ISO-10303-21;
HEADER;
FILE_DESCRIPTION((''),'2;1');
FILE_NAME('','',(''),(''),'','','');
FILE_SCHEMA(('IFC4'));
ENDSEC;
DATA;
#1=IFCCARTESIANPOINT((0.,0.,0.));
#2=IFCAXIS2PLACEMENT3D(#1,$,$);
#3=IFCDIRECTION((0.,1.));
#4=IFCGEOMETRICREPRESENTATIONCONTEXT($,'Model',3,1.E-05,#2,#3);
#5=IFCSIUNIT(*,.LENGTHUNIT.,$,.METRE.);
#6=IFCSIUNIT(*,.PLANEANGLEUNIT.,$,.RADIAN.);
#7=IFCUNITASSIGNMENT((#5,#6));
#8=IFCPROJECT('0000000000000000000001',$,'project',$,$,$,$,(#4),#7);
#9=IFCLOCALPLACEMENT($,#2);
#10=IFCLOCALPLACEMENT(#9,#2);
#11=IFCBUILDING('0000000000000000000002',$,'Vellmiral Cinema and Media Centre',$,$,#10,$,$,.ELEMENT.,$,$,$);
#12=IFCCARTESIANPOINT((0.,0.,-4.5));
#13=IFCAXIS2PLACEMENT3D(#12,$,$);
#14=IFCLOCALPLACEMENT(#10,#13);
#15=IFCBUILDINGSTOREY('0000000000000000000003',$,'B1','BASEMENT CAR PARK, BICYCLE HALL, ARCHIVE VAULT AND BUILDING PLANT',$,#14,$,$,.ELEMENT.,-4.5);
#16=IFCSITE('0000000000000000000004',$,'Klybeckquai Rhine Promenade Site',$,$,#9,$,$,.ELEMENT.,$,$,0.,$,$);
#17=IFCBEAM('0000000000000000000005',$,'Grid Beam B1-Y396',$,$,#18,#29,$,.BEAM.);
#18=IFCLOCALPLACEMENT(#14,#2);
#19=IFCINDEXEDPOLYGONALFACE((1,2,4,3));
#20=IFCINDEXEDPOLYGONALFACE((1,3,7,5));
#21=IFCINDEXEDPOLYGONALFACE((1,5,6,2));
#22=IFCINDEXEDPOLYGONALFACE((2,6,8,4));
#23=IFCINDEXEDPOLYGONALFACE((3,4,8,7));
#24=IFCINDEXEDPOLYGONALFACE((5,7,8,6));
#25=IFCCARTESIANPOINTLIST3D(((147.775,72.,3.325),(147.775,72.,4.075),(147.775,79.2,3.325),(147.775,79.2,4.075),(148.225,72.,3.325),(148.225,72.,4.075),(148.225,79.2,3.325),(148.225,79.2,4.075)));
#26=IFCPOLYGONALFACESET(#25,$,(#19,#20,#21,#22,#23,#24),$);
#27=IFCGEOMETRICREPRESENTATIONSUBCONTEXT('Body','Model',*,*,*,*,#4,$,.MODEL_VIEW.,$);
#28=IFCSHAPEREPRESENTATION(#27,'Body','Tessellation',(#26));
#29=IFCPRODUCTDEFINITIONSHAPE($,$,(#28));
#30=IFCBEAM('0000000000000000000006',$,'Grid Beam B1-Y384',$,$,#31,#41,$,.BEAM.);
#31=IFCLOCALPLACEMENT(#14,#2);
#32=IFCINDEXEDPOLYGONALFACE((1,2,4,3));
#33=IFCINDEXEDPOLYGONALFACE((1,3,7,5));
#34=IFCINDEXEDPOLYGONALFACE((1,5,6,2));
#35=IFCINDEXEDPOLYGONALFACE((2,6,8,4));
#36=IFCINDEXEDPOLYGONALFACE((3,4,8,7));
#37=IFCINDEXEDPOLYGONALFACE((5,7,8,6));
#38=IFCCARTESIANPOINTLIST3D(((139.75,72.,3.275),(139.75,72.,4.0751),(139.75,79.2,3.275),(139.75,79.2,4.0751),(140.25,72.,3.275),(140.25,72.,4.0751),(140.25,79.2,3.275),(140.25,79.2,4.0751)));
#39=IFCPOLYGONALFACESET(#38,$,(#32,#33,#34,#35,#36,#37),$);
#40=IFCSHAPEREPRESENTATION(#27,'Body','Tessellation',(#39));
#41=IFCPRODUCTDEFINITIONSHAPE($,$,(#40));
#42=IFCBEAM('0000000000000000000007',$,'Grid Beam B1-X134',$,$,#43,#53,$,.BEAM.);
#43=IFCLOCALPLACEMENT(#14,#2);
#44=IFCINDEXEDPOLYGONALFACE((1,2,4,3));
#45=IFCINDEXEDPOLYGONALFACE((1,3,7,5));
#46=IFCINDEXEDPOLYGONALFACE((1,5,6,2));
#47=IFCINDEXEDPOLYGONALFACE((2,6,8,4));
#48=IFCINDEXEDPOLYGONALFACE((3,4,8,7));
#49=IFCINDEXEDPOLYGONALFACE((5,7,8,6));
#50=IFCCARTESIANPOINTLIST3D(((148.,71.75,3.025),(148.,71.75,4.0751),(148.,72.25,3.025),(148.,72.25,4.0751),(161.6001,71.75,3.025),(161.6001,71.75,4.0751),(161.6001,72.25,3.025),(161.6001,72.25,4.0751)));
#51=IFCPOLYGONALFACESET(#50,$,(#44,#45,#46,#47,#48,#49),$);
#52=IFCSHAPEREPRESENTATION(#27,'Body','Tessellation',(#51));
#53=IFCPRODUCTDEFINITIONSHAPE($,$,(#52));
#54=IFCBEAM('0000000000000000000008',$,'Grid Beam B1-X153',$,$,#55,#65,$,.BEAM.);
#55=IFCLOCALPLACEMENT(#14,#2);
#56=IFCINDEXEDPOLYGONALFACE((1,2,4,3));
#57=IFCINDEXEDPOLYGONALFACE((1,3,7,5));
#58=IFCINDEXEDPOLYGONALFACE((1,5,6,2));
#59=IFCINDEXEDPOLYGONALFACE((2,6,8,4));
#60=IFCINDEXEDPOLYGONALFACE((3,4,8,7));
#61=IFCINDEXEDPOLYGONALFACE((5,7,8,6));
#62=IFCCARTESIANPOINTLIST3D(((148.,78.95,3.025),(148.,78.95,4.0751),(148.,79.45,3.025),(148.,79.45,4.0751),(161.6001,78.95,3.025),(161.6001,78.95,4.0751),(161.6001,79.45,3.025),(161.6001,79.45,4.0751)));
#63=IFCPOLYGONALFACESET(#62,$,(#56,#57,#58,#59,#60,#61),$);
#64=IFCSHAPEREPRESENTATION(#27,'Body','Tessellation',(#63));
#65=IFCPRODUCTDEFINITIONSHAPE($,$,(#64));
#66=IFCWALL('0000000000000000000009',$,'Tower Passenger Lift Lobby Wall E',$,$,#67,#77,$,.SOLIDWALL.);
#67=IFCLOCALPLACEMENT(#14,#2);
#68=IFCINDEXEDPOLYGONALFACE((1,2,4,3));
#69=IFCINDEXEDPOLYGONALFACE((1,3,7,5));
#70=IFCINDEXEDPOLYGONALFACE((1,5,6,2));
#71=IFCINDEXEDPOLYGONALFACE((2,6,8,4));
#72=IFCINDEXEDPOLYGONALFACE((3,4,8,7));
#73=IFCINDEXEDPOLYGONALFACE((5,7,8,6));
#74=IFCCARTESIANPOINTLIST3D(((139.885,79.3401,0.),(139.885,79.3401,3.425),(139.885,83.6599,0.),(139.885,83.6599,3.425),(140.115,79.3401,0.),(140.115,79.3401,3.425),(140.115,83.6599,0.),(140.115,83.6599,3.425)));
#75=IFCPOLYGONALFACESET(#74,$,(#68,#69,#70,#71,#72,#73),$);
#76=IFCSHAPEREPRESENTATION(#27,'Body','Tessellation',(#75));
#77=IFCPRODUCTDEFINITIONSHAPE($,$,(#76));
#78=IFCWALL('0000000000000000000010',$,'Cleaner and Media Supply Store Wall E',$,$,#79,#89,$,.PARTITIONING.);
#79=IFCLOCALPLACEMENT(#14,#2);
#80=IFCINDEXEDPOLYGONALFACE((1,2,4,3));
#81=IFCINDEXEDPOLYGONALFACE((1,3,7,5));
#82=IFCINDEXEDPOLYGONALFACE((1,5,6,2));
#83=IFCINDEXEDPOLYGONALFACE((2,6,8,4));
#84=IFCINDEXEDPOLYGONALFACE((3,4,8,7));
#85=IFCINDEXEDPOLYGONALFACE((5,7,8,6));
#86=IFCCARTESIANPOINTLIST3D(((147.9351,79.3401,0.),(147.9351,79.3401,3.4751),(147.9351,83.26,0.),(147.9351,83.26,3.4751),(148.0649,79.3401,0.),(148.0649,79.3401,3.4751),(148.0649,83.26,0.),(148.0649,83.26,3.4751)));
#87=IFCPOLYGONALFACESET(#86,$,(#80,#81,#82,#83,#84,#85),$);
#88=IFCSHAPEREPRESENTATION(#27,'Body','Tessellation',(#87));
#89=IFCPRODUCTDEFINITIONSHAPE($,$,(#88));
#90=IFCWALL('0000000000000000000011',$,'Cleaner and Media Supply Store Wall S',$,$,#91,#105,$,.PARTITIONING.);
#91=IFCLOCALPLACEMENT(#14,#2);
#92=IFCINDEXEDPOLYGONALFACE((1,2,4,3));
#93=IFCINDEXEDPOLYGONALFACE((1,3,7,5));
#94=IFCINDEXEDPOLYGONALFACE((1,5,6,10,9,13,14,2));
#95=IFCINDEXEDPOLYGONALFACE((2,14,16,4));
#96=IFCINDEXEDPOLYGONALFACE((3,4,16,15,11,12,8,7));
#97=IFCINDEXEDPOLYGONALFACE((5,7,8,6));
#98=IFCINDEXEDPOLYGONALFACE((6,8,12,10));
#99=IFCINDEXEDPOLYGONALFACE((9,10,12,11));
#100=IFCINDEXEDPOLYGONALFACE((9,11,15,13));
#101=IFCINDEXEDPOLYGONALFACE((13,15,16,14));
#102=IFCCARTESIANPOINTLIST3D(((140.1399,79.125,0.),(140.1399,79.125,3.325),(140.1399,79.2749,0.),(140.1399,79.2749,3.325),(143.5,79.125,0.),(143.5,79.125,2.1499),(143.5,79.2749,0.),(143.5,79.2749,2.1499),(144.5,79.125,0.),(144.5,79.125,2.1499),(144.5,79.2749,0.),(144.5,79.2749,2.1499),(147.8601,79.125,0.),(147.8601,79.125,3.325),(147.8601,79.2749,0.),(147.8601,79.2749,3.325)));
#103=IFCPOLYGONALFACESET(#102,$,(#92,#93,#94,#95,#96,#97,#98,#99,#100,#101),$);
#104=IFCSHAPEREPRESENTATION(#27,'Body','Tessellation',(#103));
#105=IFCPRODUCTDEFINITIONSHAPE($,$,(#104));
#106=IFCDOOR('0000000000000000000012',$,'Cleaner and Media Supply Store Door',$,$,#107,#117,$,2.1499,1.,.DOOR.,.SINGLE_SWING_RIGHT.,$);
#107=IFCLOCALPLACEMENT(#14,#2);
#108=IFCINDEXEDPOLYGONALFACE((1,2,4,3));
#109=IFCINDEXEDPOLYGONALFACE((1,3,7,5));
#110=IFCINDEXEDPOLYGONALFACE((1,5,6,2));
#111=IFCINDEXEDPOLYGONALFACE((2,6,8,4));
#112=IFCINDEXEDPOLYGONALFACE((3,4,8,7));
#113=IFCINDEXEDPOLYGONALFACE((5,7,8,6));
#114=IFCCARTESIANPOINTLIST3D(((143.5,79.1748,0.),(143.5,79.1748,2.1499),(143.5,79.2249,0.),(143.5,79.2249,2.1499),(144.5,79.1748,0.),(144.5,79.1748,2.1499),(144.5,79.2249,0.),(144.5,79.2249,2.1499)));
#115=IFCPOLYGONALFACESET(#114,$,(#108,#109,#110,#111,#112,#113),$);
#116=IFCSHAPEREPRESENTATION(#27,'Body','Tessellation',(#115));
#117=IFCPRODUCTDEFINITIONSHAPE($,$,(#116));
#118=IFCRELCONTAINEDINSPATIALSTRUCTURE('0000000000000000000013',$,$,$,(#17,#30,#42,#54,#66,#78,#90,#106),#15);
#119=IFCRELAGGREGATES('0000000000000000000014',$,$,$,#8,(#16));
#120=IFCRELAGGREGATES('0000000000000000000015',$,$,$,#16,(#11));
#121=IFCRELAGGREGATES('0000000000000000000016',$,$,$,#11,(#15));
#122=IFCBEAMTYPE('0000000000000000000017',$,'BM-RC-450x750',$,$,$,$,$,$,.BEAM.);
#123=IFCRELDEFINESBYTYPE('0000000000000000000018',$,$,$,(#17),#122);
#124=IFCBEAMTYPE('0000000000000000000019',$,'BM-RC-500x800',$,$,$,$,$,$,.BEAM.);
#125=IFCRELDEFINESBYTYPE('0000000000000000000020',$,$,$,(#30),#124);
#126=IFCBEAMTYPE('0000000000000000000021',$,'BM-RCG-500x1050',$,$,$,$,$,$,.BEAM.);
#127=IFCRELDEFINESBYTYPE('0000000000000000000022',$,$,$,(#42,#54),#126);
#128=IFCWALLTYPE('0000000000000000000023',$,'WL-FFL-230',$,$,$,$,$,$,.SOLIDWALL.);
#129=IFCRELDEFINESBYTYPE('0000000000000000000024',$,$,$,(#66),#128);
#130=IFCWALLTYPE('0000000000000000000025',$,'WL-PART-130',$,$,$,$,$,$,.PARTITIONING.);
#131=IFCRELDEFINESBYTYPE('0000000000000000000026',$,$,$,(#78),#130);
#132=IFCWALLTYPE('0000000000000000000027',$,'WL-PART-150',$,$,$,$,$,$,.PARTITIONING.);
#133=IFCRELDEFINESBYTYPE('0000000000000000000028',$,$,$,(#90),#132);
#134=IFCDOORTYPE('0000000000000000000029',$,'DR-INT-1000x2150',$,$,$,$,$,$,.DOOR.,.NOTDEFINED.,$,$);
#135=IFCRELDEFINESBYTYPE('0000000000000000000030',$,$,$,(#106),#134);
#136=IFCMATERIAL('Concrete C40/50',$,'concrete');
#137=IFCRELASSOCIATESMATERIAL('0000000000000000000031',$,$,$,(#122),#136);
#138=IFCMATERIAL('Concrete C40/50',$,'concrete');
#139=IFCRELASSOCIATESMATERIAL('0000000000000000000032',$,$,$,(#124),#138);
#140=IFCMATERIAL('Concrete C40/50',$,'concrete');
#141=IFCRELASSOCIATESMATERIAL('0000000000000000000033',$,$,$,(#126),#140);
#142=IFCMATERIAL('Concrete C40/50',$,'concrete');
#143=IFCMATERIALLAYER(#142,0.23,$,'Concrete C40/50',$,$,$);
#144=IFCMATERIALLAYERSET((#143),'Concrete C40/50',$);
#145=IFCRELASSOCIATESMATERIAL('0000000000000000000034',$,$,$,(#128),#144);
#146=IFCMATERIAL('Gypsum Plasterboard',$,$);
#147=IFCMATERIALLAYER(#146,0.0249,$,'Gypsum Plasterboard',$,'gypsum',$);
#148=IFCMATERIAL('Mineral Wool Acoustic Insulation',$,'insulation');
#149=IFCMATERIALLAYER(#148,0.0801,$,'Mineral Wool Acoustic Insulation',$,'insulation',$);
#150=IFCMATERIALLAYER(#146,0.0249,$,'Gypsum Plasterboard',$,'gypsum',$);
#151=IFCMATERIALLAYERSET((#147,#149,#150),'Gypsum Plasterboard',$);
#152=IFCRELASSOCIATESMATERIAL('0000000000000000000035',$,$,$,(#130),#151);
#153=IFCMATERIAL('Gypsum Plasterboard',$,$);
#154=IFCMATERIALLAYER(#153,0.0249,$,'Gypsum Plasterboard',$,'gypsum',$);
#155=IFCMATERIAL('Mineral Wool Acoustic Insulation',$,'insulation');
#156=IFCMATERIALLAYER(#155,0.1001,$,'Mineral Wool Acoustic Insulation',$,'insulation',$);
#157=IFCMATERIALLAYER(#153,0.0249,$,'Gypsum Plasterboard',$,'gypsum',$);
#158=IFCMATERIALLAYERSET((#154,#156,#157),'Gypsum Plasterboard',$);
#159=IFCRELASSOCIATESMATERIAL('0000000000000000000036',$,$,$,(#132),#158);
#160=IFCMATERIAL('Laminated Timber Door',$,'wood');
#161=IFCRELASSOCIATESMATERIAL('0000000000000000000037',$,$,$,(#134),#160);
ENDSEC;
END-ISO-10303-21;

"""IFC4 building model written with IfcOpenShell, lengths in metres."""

from ifc_helpers import new_model, si_unit, direction, frame, frame_2d, origin, origin_2d, place, context, subcontext, project, spatial, rectangle, extrude, material, layer, layer_set, material_profile, profile_set, type_object, element, fill, save


model = new_model("IFC4")

# Units and contexts
model_context = context("Model", 3, precision=1e-05, world=origin(), true_north=direction((0.0, 1.0)))
body_context = subcontext(model_context, "Body", "Model", "MODEL_VIEW")
ifc_project = project(units=[si_unit("LENGTHUNIT", "METRE"), si_unit("PLANEANGLEUNIT", "RADIAN")], contexts=[model_context])

# Site, building, storey
site_placement = place(None, origin())
site = spatial("IfcSite", under=ifc_project, at=site_placement, Name="Klybeckquai Rhine Promenade Site", CompositionType="ELEMENT", RefElevation=0.0)
building_placement = place(site_placement, origin())
building = spatial("IfcBuilding", under=site, at=building_placement, Name="Vellmiral Cinema and Media Centre", CompositionType="ELEMENT")
storey_placement = place(building_placement, frame((0.0, 0.0, -4.5)))
storey = spatial("IfcBuildingStorey", under=building, at=storey_placement, Name="B1", Description="BASEMENT CAR PARK, BICYCLE HALL, ARCHIVE VAULT AND BUILDING PLANT", CompositionType="ELEMENT", Elevation=-4.5)

# Beams
ifc_material_1 = material(Name="Concrete C40/50", Category="concrete")
ifc_material_profile_1 = material_profile(ifc_material_1, rectangle(XDim=0.45, YDim=0.75, at=origin_2d()), Name="RC 450x750")
ifc_profile_set_1 = profile_set([ifc_material_profile_1], Name="Concrete C40/50")
beam_type_1 = type_object("IfcBeamType", Name="BM-RC-450x750", PredefinedType="BEAM", material=ifc_profile_set_1)
beam_1_placement = place(storey_placement, frame((148.0, 72.0, 3.7), z_axis=(0.0, 1.0, 0.0), x_axis=(-1.0, 0.0, 0.0)))
element("IfcBeam", 1, at=beam_1_placement, inside=storey, type_object=beam_type_1, Name="Grid Beam B1-Y396", PredefinedType="BEAM", context=body_context, shape_type="SweptSolid", body=[
    extrude(rectangle(XDim=0.45, YDim=0.75, at=origin_2d()), origin(), (0.0, 0.0, 1.0), 7.2),
])
ifc_material_2 = material(Name="Concrete C40/50", Category="concrete")
ifc_material_profile_2 = material_profile(ifc_material_2, rectangle(XDim=0.5, YDim=0.8, at=origin_2d()), Name="RC 500x800")
ifc_profile_set_2 = profile_set([ifc_material_profile_2], Name="Concrete C40/50")
beam_type_2 = type_object("IfcBeamType", Name="BM-RC-500x800", PredefinedType="BEAM", material=ifc_profile_set_2)
beam_2_placement = place(storey_placement, frame((140.0, 72.0, 3.675), z_axis=(0.0, 1.0, 0.0), x_axis=(-1.0, 0.0, 0.0)))
element("IfcBeam", 2, at=beam_2_placement, inside=storey, type_object=beam_type_2, Name="Grid Beam B1-Y384", PredefinedType="BEAM", context=body_context, shape_type="SweptSolid", body=[
    extrude(rectangle(XDim=0.5, YDim=0.8, at=origin_2d()), origin(), (0.0, 0.0, 1.0), 7.2),
])
ifc_material_3 = material(Name="Concrete C40/50", Category="concrete")
ifc_material_profile_3 = material_profile(ifc_material_3, rectangle(XDim=0.5, YDim=1.05, at=origin_2d()), Name="RC 500x1050")
ifc_profile_set_3 = profile_set([ifc_material_profile_3], Name="Concrete C40/50")
beam_type_3 = type_object("IfcBeamType", Name="BM-RCG-500x1050", PredefinedType="BEAM", material=ifc_profile_set_3)
for number, where, z_axis, x_axis, name in (
    (3, (148.0, 72.0, 3.55), (1.0, 0.0, 0.0), (0.0, 1.0, 0.0), "Grid Beam B1-X134"),
    (4, (148.0, 79.2, 3.55), (1.0, 0.0, 0.0), (0.0, 1.0, 0.0), "Grid Beam B1-X153"),
):
    element("IfcBeam", number, at=place(storey_placement, frame(where, z_axis=z_axis, x_axis=x_axis)), inside=storey, type_object=beam_type_3, Name=name, PredefinedType="BEAM", context=body_context, shape_type="SweptSolid", body=[
        extrude(rectangle(XDim=0.5, YDim=1.05, at=origin_2d()), origin(), (0.0, 0.0, 1.0), 13.6001),
    ])

# Walls
ifc_material_4 = material(Name="Concrete C40/50", Category="concrete")
ifc_layer_1 = layer(ifc_material_4, 0.23, Name="Concrete C40/50")
ifc_layer_set_1 = layer_set([ifc_layer_1], Name="Concrete C40/50")
wall_type_1 = type_object("IfcWallType", Name="WL-FFL-230", PredefinedType="SOLIDWALL", material=ifc_layer_set_1)
wall_1_placement = place(storey_placement, frame((140.0, 79.3401, 0.0), z_axis=(0.0, 0.0, 1.0), x_axis=(0.0, 1.0, 0.0)))
element("IfcWall", 5, at=wall_1_placement, inside=storey, type_object=wall_type_1, Name="Tower Passenger Lift Lobby Wall E", PredefinedType="SOLIDWALL", context=body_context, shape_type="SweptSolid", body=[
    extrude(rectangle(XDim=4.3198, YDim=0.23, at=frame_2d((2.1599, 0.0))), origin(), (0.0, 0.0, 1.0), 3.425),
])
ifc_material_5 = material(Name="Gypsum Plasterboard")
ifc_layer_2 = layer(ifc_material_5, 0.0249, Name="Gypsum Plasterboard", Category="gypsum")
ifc_material_6 = material(Name="Mineral Wool Acoustic Insulation", Category="insulation")
ifc_layer_3 = layer(ifc_material_6, 0.0801, Name="Mineral Wool Acoustic Insulation", Category="insulation")
ifc_layer_4 = layer(ifc_material_5, 0.0249, Name="Gypsum Plasterboard", Category="gypsum")
ifc_layer_set_2 = layer_set([ifc_layer_2, ifc_layer_3, ifc_layer_4], Name="Gypsum Plasterboard")
wall_type_2 = type_object("IfcWallType", Name="WL-PART-130", PredefinedType="PARTITIONING", material=ifc_layer_set_2)
wall_2_placement = place(storey_placement, frame((148.0, 79.3401, 0.0), z_axis=(0.0, 0.0, 1.0), x_axis=(0.0, 1.0, 0.0)))
element("IfcWall", 6, at=wall_2_placement, inside=storey, type_object=wall_type_2, Name="Cleaner and Media Supply Store Wall E", PredefinedType="PARTITIONING", context=body_context, shape_type="SweptSolid", body=[
    extrude(rectangle(XDim=3.9199, YDim=0.1299, at=frame_2d((1.96, 0.0))), origin(), (0.0, 0.0, 1.0), 3.4751),
])

# Wall, opening, door
ifc_material_7 = material(Name="Gypsum Plasterboard")
ifc_layer_5 = layer(ifc_material_7, 0.0249, Name="Gypsum Plasterboard", Category="gypsum")
ifc_material_8 = material(Name="Mineral Wool Acoustic Insulation", Category="insulation")
ifc_layer_6 = layer(ifc_material_8, 0.1001, Name="Mineral Wool Acoustic Insulation", Category="insulation")
ifc_layer_7 = layer(ifc_material_7, 0.0249, Name="Gypsum Plasterboard", Category="gypsum")
ifc_layer_set_3 = layer_set([ifc_layer_5, ifc_layer_6, ifc_layer_7], Name="Gypsum Plasterboard")
wall_type_3 = type_object("IfcWallType", Name="WL-PART-150", PredefinedType="PARTITIONING", material=ifc_layer_set_3)
wall_3_placement = place(storey_placement, frame((140.1399, 79.2, 0.0), z_axis=(0.0, 0.0, 1.0), x_axis=(1.0, 0.0, 0.0)))
wall_3 = element("IfcWall", 7, at=wall_3_placement, inside=storey, type_object=wall_type_3, Name="Cleaner and Media Supply Store Wall S", PredefinedType="PARTITIONING", context=body_context, shape_type="SweptSolid", body=[
    extrude(rectangle(XDim=7.7202, YDim=0.1499, at=frame_2d((3.8601, 0.0))), origin(), (0.0, 0.0, 1.0), 3.325),
])
opening_placement = place(wall_3_placement, frame((3.3601, 0.0, 0.0)))
opening = element("IfcOpeningElement", 8, at=opening_placement, cuts=wall_3, PredefinedType="OPENING", context=body_context, shape_type="SweptSolid", body=[
    extrude(rectangle(XDim=1.0, YDim=2.1499, at=frame_2d((0.5, 1.075))), frame((0.0, 0.0869, 0.0), z_axis=(0.0, -1.0, 0.0), x_axis=(1.0, 0.0, 0.0)), (0.0, 0.0, 1.0), 0.1738),
])
ifc_material_9 = material(Name="Laminated Timber Door", Category="wood")
door_type = type_object("IfcDoorType", Name="DR-INT-1000x2150", OperationType="NOTDEFINED", PredefinedType="DOOR", material=ifc_material_9)
door_placement = place(opening_placement, origin())
door = element("IfcDoor", 9, at=door_placement, inside=storey, type_object=door_type, Name="Cleaner and Media Supply Store Door", OperationType="SINGLE_SWING_RIGHT", OverallHeight=2.1499, OverallWidth=1.0, PredefinedType="DOOR", context=body_context, shape_type="SweptSolid", body=[
    extrude(rectangle(XDim=1.0, YDim=2.1499, at=frame_2d((0.5, 1.075))), frame((0.0, 0.0249, 0.0), z_axis=(0.0, -1.0, 0.0), x_axis=(1.0, 0.0, 0.0)), (0.0, 0.0, 1.0), 0.05),
])
fill(opening, door)

save(model, "model.ifc")
